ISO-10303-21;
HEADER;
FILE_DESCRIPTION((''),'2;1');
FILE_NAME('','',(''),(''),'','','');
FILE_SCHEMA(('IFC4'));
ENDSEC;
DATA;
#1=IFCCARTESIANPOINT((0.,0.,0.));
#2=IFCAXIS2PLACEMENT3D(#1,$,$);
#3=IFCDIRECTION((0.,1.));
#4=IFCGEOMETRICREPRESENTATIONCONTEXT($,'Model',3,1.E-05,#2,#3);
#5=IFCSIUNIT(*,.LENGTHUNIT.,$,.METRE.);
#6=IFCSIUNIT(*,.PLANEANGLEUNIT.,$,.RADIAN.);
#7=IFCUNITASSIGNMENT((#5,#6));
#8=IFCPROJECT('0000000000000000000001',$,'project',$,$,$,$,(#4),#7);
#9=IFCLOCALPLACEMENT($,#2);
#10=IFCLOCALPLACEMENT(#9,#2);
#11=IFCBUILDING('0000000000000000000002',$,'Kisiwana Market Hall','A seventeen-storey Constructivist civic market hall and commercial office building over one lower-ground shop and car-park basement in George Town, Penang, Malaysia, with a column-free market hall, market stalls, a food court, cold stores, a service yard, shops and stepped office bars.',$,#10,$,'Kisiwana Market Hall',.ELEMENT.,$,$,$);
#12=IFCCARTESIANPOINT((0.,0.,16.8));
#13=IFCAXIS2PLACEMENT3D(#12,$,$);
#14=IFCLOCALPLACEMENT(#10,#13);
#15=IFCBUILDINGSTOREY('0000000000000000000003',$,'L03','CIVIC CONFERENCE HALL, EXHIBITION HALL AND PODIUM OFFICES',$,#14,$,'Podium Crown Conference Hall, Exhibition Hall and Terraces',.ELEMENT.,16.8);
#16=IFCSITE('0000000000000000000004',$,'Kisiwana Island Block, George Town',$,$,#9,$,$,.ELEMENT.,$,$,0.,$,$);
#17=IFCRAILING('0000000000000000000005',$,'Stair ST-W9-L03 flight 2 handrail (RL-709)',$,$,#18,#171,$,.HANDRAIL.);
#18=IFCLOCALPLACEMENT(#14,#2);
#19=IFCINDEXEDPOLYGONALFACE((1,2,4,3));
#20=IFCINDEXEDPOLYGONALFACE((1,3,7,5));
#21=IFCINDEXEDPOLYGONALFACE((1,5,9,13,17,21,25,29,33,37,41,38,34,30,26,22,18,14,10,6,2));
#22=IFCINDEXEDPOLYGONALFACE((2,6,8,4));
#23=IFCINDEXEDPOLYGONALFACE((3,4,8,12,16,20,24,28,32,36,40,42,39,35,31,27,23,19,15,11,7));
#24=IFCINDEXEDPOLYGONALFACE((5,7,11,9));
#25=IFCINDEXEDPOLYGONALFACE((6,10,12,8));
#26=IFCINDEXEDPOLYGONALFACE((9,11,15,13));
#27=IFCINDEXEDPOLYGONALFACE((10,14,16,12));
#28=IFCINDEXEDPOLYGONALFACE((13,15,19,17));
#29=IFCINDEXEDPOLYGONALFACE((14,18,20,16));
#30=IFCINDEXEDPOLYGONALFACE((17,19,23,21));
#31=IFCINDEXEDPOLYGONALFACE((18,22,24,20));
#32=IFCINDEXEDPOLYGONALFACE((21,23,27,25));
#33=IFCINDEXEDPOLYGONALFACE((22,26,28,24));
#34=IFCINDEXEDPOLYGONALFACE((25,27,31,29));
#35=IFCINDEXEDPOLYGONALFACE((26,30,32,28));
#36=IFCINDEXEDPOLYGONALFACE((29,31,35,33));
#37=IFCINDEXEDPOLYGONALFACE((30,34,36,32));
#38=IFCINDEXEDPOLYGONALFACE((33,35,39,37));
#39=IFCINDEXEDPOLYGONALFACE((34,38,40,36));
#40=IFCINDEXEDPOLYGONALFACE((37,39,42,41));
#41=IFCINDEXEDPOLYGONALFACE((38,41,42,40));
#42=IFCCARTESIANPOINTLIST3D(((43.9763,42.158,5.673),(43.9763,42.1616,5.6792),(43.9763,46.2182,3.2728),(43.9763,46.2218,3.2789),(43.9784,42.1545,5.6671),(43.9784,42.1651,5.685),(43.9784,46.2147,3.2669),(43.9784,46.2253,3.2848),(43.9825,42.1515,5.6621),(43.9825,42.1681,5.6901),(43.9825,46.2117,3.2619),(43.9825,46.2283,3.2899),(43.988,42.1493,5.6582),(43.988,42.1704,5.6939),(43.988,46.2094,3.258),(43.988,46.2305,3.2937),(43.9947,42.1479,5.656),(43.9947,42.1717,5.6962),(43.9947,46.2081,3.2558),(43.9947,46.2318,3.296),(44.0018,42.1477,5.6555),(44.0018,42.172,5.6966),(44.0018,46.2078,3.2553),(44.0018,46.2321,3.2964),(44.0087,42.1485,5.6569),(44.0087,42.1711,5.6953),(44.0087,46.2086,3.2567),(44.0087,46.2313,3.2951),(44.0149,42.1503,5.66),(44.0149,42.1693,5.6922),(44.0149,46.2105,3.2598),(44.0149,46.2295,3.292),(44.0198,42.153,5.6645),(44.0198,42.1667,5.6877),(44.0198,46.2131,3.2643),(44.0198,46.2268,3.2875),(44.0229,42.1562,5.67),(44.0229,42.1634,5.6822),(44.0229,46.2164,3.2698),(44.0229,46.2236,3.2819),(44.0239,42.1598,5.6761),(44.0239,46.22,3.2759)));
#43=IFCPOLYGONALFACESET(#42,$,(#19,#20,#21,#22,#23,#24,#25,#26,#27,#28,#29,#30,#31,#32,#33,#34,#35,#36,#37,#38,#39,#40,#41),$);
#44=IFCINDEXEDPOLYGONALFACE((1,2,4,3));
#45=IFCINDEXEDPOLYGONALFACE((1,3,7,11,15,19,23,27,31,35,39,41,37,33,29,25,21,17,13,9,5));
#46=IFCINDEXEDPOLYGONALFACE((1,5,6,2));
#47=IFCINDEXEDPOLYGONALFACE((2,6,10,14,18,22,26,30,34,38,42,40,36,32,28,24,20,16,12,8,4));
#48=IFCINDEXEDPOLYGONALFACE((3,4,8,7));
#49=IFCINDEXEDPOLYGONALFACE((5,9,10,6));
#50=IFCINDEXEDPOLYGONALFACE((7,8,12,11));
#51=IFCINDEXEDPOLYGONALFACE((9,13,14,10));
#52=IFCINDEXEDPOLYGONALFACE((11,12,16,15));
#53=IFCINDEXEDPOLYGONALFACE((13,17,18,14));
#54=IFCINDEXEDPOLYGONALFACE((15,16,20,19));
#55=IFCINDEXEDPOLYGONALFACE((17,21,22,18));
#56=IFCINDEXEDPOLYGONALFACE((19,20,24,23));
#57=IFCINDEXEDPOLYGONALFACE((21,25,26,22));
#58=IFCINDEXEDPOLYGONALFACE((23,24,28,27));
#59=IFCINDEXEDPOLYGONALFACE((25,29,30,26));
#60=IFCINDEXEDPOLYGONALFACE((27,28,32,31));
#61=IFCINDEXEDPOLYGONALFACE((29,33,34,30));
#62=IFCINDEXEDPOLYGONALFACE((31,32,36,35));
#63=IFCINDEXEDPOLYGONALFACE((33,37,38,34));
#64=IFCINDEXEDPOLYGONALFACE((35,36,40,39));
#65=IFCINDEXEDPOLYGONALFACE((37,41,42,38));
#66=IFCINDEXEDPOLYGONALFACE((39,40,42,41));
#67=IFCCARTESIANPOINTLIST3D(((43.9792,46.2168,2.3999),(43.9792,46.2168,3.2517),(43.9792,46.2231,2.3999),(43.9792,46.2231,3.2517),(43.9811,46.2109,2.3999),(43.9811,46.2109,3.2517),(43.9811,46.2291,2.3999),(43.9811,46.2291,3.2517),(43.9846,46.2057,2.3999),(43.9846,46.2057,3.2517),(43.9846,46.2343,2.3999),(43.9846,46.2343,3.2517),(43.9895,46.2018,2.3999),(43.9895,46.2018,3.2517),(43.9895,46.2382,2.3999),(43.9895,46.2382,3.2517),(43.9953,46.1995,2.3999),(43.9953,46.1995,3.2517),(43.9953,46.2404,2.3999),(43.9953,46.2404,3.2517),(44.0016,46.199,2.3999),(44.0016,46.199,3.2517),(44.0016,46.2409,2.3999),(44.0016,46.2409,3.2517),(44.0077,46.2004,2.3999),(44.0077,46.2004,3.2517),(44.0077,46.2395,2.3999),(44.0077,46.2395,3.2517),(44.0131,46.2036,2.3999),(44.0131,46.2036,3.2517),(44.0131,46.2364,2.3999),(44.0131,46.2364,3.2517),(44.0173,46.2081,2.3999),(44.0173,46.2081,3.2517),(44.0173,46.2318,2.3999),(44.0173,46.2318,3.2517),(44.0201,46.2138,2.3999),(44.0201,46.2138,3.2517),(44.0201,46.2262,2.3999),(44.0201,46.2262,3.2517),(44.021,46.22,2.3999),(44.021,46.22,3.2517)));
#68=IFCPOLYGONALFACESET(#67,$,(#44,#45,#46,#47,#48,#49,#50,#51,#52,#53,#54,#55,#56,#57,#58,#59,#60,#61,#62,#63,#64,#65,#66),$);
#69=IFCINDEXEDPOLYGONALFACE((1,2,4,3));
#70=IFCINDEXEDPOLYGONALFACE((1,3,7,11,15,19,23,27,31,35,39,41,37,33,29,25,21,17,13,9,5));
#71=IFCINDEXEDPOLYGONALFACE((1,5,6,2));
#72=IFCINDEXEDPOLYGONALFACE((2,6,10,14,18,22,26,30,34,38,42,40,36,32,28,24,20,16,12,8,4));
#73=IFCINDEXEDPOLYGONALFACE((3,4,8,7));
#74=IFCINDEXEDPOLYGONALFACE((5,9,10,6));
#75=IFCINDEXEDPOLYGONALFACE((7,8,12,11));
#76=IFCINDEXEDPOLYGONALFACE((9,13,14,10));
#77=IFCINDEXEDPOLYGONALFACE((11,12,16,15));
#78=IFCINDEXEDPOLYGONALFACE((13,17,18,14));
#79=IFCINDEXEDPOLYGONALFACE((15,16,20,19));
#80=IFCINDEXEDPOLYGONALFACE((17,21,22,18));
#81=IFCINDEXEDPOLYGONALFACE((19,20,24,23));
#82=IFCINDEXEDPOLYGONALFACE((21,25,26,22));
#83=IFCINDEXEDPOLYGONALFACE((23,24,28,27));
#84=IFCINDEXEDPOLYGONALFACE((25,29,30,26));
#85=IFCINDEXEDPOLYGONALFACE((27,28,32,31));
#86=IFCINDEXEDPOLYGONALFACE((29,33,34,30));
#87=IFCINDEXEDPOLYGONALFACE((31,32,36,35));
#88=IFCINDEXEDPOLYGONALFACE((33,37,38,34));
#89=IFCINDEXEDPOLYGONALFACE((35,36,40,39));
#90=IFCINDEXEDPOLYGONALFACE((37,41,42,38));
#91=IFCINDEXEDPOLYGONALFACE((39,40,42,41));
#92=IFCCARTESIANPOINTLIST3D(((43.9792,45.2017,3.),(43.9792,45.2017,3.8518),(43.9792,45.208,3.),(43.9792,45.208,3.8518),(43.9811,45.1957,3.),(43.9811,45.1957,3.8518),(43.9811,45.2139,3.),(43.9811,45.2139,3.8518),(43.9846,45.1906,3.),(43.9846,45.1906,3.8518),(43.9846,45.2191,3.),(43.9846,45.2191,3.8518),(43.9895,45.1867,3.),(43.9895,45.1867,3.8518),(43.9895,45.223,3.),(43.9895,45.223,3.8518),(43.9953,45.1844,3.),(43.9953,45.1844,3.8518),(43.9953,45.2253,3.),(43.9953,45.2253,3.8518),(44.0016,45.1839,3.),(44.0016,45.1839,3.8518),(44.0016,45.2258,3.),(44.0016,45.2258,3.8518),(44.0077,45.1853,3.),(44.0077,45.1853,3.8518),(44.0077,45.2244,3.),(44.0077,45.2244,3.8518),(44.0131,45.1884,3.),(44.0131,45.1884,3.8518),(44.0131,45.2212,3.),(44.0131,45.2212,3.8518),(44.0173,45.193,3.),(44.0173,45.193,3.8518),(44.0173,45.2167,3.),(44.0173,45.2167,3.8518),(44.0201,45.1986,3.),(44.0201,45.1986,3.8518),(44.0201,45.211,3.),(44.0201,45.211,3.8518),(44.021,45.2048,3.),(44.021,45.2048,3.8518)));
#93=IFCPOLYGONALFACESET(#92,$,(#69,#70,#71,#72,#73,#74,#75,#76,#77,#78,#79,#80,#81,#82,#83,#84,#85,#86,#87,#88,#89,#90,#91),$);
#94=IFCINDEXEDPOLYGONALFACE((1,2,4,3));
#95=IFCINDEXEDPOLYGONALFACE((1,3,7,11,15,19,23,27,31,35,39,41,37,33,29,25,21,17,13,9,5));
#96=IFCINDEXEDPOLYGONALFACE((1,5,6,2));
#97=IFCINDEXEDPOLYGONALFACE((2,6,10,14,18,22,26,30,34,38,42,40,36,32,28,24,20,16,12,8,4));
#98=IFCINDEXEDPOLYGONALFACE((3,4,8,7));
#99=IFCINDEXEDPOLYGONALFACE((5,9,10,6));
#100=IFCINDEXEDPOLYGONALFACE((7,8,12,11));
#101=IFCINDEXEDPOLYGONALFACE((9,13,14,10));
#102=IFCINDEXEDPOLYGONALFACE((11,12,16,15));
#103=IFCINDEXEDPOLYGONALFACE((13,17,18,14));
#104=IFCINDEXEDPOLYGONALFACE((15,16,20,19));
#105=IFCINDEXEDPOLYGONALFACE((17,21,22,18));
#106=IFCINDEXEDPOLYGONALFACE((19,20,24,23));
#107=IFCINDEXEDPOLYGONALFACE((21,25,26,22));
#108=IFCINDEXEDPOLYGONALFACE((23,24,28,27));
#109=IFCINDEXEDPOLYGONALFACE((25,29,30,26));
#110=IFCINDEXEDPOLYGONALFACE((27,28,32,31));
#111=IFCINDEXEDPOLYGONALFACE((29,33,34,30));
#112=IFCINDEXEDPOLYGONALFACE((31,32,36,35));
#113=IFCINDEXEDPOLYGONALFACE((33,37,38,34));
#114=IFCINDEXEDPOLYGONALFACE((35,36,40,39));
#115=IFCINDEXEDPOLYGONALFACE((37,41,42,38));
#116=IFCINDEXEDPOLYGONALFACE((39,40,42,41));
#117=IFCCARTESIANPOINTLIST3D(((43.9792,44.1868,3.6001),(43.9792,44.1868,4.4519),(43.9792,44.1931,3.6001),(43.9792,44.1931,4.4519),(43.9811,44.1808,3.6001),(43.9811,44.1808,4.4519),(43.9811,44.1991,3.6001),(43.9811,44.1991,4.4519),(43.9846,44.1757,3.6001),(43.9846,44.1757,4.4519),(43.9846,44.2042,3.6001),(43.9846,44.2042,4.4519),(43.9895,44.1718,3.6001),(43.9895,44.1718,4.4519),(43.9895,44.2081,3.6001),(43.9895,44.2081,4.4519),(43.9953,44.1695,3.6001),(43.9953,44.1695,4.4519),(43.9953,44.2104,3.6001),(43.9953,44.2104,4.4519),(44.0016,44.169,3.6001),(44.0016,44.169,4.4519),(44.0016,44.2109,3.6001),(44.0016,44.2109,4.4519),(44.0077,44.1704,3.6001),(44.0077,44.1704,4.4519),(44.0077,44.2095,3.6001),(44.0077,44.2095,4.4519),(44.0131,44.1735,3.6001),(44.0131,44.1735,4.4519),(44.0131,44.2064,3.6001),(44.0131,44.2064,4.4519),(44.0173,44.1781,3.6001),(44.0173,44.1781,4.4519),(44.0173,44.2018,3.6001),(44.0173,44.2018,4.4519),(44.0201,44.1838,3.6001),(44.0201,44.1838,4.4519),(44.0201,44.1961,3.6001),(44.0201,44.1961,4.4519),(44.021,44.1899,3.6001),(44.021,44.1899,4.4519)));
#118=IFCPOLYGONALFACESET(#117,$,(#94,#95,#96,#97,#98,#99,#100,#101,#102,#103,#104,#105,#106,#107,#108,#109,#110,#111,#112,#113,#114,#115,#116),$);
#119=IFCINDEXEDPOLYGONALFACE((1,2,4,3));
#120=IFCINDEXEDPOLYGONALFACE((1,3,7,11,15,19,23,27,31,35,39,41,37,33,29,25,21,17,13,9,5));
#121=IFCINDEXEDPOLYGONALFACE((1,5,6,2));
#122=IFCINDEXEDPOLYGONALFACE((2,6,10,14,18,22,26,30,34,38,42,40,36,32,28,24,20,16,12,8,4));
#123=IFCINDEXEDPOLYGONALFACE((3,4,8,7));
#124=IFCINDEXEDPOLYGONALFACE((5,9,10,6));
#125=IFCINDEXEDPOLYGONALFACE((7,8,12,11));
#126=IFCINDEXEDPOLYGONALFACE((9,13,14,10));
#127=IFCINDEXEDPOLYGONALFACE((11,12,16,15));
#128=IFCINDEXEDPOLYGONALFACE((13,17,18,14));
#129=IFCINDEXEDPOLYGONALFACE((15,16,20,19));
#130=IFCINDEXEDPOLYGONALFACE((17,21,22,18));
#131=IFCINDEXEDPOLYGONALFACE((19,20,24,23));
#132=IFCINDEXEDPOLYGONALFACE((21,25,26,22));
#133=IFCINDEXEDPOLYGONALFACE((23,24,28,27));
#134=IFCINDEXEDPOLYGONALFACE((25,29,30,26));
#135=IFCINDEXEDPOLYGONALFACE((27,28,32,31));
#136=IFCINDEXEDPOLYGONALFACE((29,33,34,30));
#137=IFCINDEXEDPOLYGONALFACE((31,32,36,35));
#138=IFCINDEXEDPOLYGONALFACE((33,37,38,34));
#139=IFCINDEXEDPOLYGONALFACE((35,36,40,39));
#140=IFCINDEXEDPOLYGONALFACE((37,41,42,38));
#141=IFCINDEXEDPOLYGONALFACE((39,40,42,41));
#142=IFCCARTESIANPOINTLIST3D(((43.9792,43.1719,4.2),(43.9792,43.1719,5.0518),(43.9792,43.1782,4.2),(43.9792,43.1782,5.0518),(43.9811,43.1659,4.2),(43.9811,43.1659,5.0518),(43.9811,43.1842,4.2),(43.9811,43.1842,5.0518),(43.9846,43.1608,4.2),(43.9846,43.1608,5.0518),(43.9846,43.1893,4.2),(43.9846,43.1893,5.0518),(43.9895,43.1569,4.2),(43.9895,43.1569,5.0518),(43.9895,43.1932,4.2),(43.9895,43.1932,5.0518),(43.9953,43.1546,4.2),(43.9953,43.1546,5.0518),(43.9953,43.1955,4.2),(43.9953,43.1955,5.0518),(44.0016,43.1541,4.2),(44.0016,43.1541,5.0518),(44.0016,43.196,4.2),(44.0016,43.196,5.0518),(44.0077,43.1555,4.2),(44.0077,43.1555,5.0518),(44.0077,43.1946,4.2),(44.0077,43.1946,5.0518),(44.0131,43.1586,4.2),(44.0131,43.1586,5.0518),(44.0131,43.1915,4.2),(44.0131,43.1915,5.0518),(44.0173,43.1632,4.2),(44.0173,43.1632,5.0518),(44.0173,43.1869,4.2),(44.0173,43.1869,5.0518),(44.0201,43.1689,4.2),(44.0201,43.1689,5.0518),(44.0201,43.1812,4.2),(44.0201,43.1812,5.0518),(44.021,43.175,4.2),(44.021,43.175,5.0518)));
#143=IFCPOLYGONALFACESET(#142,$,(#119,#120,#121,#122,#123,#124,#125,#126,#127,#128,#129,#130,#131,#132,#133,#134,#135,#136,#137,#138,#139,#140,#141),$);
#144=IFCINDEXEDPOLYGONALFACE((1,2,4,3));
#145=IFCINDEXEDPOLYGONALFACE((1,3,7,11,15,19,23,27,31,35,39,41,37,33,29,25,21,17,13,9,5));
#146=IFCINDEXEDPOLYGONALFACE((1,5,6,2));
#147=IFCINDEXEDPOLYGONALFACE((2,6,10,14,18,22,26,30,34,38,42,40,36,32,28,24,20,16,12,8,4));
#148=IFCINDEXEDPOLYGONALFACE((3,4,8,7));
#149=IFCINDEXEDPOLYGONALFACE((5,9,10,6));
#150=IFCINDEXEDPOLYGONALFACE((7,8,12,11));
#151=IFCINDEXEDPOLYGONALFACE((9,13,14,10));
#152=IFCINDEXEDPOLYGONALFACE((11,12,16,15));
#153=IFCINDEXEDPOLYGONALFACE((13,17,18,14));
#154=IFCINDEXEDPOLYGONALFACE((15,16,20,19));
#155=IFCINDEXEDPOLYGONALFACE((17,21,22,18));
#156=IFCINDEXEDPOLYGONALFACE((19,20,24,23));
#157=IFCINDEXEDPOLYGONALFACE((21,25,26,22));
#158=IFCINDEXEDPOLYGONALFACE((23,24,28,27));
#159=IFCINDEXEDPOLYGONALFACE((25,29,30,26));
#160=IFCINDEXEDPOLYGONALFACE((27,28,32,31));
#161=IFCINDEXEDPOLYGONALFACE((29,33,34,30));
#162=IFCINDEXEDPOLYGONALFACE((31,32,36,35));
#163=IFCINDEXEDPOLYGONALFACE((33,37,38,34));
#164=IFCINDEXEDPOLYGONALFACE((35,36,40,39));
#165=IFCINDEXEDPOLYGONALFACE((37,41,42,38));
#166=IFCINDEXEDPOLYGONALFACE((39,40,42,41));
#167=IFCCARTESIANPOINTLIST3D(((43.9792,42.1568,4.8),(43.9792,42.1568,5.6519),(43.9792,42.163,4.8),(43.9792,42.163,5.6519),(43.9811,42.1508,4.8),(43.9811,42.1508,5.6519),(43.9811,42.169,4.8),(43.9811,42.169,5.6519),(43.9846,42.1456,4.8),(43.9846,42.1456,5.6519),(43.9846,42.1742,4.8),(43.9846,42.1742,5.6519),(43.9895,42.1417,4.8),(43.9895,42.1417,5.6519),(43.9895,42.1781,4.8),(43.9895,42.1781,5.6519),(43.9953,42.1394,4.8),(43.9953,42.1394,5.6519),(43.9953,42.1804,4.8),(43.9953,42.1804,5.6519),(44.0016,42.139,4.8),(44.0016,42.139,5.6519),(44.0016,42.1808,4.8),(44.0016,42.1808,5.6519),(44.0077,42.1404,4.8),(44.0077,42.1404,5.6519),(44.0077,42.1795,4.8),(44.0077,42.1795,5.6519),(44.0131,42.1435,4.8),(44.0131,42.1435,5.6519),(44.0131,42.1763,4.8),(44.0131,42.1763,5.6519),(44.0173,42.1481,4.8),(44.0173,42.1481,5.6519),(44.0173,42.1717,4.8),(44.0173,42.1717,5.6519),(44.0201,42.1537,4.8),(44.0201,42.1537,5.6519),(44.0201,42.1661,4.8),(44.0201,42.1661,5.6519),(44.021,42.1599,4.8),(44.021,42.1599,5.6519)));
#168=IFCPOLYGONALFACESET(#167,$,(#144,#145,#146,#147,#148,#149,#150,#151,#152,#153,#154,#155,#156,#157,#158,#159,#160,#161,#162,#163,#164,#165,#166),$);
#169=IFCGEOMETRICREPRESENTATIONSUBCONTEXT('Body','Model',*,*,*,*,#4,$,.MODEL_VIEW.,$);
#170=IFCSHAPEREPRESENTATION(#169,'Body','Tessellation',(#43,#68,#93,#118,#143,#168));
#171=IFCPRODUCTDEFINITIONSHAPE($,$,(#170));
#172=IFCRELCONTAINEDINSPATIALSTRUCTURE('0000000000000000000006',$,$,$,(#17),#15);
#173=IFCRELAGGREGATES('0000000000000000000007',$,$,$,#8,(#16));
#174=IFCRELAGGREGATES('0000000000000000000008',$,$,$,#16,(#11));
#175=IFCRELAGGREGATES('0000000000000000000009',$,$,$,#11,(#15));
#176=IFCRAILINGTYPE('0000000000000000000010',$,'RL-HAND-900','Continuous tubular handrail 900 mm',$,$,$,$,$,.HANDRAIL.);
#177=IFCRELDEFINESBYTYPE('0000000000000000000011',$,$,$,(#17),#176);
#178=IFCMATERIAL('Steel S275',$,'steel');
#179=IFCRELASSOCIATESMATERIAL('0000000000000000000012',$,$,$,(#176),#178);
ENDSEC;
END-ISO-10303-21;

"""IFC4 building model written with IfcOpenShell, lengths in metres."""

from ifc_helpers import new_model, si_unit, direction, frame, origin, origin_2d, place, context, subcontext, project, spatial, circle, extrude, material, type_object, element, save


model = new_model("IFC4")

# Units and contexts
model_context = context("Model", 3, precision=1e-05, world=origin(), true_north=direction((0.0, 1.0)))
body_context = subcontext(model_context, "Body", "Model", "MODEL_VIEW")
ifc_project = project(units=[si_unit("LENGTHUNIT", "METRE"), si_unit("PLANEANGLEUNIT", "RADIAN")], contexts=[model_context])

# Site, building, storey
site_placement = place(None, origin())
site = spatial("IfcSite", under=ifc_project, at=site_placement, Name="Kisiwana Island Block, George Town", CompositionType="ELEMENT", RefElevation=0.0)
building_placement = place(site_placement, origin())
building = spatial("IfcBuilding", under=site, at=building_placement, Name="Kisiwana Market Hall", Description="A seventeen-storey Constructivist civic market hall and commercial office building over one lower-ground shop and car-park basement in George Town, Penang, Malaysia, with a column-free market hall, market stalls, a food court, cold stores, a service yard, shops and stepped office bars.", LongName="Kisiwana Market Hall", CompositionType="ELEMENT")
storey_placement = place(building_placement, frame((0.0, 0.0, 16.8)))
storey = spatial("IfcBuildingStorey", under=building, at=storey_placement, Name="L03", Description="CIVIC CONFERENCE HALL, EXHIBITION HALL AND PODIUM OFFICES", LongName="Podium Crown Conference Hall, Exhibition Hall and Terraces", CompositionType="ELEMENT", Elevation=16.8)

# Railing
ifc_material_1 = material(Name="Steel S275", Category="steel")
railing_type_1 = type_object("IfcRailingType", Name="RL-HAND-900", Description="Continuous tubular handrail 900 mm", PredefinedType="HANDRAIL", material=ifc_material_1)
railing_1_placement = place(storey_placement, frame((44.0, 46.22, 2.3999)))
element("IfcRailing", 1, at=railing_1_placement, inside=storey, type_object=railing_type_1, Name="Stair ST-W9-L03 flight 2 handrail (RL-709)", PredefinedType="HANDRAIL", context=body_context, shape_type="SweptSolid", body=[
    extrude(circle(Radius=0.0239, at=origin_2d()), frame((0.0, 0.0, 0.876), z_axis=(0.0, -0.860832, 0.50889), x_axis=(1.0, 0.0, 0.0)), (0.0, 0.0, 1.0), 4.7166),
    extrude(circle(Radius=0.021, at=origin_2d()), origin(), (0.0, 0.0, 1.0), 0.8518),
    extrude(circle(Radius=0.021, at=origin_2d()), frame((0.0, -1.0151, 0.6001)), (0.0, 0.0, 1.0), 0.8518),
    extrude(circle(Radius=0.021, at=origin_2d()), frame((0.0, -2.03, 1.2002)), (0.0, 0.0, 1.0), 0.8518),
    extrude(circle(Radius=0.021, at=origin_2d()), frame((0.0, -3.0449, 1.8)), (0.0, 0.0, 1.0), 0.8518),
    extrude(circle(Radius=0.021, at=origin_2d()), frame((0.0, -4.0601, 2.4001)), (0.0, 0.0, 1.0), 0.8518),
])

save(model, "model.ifc")
